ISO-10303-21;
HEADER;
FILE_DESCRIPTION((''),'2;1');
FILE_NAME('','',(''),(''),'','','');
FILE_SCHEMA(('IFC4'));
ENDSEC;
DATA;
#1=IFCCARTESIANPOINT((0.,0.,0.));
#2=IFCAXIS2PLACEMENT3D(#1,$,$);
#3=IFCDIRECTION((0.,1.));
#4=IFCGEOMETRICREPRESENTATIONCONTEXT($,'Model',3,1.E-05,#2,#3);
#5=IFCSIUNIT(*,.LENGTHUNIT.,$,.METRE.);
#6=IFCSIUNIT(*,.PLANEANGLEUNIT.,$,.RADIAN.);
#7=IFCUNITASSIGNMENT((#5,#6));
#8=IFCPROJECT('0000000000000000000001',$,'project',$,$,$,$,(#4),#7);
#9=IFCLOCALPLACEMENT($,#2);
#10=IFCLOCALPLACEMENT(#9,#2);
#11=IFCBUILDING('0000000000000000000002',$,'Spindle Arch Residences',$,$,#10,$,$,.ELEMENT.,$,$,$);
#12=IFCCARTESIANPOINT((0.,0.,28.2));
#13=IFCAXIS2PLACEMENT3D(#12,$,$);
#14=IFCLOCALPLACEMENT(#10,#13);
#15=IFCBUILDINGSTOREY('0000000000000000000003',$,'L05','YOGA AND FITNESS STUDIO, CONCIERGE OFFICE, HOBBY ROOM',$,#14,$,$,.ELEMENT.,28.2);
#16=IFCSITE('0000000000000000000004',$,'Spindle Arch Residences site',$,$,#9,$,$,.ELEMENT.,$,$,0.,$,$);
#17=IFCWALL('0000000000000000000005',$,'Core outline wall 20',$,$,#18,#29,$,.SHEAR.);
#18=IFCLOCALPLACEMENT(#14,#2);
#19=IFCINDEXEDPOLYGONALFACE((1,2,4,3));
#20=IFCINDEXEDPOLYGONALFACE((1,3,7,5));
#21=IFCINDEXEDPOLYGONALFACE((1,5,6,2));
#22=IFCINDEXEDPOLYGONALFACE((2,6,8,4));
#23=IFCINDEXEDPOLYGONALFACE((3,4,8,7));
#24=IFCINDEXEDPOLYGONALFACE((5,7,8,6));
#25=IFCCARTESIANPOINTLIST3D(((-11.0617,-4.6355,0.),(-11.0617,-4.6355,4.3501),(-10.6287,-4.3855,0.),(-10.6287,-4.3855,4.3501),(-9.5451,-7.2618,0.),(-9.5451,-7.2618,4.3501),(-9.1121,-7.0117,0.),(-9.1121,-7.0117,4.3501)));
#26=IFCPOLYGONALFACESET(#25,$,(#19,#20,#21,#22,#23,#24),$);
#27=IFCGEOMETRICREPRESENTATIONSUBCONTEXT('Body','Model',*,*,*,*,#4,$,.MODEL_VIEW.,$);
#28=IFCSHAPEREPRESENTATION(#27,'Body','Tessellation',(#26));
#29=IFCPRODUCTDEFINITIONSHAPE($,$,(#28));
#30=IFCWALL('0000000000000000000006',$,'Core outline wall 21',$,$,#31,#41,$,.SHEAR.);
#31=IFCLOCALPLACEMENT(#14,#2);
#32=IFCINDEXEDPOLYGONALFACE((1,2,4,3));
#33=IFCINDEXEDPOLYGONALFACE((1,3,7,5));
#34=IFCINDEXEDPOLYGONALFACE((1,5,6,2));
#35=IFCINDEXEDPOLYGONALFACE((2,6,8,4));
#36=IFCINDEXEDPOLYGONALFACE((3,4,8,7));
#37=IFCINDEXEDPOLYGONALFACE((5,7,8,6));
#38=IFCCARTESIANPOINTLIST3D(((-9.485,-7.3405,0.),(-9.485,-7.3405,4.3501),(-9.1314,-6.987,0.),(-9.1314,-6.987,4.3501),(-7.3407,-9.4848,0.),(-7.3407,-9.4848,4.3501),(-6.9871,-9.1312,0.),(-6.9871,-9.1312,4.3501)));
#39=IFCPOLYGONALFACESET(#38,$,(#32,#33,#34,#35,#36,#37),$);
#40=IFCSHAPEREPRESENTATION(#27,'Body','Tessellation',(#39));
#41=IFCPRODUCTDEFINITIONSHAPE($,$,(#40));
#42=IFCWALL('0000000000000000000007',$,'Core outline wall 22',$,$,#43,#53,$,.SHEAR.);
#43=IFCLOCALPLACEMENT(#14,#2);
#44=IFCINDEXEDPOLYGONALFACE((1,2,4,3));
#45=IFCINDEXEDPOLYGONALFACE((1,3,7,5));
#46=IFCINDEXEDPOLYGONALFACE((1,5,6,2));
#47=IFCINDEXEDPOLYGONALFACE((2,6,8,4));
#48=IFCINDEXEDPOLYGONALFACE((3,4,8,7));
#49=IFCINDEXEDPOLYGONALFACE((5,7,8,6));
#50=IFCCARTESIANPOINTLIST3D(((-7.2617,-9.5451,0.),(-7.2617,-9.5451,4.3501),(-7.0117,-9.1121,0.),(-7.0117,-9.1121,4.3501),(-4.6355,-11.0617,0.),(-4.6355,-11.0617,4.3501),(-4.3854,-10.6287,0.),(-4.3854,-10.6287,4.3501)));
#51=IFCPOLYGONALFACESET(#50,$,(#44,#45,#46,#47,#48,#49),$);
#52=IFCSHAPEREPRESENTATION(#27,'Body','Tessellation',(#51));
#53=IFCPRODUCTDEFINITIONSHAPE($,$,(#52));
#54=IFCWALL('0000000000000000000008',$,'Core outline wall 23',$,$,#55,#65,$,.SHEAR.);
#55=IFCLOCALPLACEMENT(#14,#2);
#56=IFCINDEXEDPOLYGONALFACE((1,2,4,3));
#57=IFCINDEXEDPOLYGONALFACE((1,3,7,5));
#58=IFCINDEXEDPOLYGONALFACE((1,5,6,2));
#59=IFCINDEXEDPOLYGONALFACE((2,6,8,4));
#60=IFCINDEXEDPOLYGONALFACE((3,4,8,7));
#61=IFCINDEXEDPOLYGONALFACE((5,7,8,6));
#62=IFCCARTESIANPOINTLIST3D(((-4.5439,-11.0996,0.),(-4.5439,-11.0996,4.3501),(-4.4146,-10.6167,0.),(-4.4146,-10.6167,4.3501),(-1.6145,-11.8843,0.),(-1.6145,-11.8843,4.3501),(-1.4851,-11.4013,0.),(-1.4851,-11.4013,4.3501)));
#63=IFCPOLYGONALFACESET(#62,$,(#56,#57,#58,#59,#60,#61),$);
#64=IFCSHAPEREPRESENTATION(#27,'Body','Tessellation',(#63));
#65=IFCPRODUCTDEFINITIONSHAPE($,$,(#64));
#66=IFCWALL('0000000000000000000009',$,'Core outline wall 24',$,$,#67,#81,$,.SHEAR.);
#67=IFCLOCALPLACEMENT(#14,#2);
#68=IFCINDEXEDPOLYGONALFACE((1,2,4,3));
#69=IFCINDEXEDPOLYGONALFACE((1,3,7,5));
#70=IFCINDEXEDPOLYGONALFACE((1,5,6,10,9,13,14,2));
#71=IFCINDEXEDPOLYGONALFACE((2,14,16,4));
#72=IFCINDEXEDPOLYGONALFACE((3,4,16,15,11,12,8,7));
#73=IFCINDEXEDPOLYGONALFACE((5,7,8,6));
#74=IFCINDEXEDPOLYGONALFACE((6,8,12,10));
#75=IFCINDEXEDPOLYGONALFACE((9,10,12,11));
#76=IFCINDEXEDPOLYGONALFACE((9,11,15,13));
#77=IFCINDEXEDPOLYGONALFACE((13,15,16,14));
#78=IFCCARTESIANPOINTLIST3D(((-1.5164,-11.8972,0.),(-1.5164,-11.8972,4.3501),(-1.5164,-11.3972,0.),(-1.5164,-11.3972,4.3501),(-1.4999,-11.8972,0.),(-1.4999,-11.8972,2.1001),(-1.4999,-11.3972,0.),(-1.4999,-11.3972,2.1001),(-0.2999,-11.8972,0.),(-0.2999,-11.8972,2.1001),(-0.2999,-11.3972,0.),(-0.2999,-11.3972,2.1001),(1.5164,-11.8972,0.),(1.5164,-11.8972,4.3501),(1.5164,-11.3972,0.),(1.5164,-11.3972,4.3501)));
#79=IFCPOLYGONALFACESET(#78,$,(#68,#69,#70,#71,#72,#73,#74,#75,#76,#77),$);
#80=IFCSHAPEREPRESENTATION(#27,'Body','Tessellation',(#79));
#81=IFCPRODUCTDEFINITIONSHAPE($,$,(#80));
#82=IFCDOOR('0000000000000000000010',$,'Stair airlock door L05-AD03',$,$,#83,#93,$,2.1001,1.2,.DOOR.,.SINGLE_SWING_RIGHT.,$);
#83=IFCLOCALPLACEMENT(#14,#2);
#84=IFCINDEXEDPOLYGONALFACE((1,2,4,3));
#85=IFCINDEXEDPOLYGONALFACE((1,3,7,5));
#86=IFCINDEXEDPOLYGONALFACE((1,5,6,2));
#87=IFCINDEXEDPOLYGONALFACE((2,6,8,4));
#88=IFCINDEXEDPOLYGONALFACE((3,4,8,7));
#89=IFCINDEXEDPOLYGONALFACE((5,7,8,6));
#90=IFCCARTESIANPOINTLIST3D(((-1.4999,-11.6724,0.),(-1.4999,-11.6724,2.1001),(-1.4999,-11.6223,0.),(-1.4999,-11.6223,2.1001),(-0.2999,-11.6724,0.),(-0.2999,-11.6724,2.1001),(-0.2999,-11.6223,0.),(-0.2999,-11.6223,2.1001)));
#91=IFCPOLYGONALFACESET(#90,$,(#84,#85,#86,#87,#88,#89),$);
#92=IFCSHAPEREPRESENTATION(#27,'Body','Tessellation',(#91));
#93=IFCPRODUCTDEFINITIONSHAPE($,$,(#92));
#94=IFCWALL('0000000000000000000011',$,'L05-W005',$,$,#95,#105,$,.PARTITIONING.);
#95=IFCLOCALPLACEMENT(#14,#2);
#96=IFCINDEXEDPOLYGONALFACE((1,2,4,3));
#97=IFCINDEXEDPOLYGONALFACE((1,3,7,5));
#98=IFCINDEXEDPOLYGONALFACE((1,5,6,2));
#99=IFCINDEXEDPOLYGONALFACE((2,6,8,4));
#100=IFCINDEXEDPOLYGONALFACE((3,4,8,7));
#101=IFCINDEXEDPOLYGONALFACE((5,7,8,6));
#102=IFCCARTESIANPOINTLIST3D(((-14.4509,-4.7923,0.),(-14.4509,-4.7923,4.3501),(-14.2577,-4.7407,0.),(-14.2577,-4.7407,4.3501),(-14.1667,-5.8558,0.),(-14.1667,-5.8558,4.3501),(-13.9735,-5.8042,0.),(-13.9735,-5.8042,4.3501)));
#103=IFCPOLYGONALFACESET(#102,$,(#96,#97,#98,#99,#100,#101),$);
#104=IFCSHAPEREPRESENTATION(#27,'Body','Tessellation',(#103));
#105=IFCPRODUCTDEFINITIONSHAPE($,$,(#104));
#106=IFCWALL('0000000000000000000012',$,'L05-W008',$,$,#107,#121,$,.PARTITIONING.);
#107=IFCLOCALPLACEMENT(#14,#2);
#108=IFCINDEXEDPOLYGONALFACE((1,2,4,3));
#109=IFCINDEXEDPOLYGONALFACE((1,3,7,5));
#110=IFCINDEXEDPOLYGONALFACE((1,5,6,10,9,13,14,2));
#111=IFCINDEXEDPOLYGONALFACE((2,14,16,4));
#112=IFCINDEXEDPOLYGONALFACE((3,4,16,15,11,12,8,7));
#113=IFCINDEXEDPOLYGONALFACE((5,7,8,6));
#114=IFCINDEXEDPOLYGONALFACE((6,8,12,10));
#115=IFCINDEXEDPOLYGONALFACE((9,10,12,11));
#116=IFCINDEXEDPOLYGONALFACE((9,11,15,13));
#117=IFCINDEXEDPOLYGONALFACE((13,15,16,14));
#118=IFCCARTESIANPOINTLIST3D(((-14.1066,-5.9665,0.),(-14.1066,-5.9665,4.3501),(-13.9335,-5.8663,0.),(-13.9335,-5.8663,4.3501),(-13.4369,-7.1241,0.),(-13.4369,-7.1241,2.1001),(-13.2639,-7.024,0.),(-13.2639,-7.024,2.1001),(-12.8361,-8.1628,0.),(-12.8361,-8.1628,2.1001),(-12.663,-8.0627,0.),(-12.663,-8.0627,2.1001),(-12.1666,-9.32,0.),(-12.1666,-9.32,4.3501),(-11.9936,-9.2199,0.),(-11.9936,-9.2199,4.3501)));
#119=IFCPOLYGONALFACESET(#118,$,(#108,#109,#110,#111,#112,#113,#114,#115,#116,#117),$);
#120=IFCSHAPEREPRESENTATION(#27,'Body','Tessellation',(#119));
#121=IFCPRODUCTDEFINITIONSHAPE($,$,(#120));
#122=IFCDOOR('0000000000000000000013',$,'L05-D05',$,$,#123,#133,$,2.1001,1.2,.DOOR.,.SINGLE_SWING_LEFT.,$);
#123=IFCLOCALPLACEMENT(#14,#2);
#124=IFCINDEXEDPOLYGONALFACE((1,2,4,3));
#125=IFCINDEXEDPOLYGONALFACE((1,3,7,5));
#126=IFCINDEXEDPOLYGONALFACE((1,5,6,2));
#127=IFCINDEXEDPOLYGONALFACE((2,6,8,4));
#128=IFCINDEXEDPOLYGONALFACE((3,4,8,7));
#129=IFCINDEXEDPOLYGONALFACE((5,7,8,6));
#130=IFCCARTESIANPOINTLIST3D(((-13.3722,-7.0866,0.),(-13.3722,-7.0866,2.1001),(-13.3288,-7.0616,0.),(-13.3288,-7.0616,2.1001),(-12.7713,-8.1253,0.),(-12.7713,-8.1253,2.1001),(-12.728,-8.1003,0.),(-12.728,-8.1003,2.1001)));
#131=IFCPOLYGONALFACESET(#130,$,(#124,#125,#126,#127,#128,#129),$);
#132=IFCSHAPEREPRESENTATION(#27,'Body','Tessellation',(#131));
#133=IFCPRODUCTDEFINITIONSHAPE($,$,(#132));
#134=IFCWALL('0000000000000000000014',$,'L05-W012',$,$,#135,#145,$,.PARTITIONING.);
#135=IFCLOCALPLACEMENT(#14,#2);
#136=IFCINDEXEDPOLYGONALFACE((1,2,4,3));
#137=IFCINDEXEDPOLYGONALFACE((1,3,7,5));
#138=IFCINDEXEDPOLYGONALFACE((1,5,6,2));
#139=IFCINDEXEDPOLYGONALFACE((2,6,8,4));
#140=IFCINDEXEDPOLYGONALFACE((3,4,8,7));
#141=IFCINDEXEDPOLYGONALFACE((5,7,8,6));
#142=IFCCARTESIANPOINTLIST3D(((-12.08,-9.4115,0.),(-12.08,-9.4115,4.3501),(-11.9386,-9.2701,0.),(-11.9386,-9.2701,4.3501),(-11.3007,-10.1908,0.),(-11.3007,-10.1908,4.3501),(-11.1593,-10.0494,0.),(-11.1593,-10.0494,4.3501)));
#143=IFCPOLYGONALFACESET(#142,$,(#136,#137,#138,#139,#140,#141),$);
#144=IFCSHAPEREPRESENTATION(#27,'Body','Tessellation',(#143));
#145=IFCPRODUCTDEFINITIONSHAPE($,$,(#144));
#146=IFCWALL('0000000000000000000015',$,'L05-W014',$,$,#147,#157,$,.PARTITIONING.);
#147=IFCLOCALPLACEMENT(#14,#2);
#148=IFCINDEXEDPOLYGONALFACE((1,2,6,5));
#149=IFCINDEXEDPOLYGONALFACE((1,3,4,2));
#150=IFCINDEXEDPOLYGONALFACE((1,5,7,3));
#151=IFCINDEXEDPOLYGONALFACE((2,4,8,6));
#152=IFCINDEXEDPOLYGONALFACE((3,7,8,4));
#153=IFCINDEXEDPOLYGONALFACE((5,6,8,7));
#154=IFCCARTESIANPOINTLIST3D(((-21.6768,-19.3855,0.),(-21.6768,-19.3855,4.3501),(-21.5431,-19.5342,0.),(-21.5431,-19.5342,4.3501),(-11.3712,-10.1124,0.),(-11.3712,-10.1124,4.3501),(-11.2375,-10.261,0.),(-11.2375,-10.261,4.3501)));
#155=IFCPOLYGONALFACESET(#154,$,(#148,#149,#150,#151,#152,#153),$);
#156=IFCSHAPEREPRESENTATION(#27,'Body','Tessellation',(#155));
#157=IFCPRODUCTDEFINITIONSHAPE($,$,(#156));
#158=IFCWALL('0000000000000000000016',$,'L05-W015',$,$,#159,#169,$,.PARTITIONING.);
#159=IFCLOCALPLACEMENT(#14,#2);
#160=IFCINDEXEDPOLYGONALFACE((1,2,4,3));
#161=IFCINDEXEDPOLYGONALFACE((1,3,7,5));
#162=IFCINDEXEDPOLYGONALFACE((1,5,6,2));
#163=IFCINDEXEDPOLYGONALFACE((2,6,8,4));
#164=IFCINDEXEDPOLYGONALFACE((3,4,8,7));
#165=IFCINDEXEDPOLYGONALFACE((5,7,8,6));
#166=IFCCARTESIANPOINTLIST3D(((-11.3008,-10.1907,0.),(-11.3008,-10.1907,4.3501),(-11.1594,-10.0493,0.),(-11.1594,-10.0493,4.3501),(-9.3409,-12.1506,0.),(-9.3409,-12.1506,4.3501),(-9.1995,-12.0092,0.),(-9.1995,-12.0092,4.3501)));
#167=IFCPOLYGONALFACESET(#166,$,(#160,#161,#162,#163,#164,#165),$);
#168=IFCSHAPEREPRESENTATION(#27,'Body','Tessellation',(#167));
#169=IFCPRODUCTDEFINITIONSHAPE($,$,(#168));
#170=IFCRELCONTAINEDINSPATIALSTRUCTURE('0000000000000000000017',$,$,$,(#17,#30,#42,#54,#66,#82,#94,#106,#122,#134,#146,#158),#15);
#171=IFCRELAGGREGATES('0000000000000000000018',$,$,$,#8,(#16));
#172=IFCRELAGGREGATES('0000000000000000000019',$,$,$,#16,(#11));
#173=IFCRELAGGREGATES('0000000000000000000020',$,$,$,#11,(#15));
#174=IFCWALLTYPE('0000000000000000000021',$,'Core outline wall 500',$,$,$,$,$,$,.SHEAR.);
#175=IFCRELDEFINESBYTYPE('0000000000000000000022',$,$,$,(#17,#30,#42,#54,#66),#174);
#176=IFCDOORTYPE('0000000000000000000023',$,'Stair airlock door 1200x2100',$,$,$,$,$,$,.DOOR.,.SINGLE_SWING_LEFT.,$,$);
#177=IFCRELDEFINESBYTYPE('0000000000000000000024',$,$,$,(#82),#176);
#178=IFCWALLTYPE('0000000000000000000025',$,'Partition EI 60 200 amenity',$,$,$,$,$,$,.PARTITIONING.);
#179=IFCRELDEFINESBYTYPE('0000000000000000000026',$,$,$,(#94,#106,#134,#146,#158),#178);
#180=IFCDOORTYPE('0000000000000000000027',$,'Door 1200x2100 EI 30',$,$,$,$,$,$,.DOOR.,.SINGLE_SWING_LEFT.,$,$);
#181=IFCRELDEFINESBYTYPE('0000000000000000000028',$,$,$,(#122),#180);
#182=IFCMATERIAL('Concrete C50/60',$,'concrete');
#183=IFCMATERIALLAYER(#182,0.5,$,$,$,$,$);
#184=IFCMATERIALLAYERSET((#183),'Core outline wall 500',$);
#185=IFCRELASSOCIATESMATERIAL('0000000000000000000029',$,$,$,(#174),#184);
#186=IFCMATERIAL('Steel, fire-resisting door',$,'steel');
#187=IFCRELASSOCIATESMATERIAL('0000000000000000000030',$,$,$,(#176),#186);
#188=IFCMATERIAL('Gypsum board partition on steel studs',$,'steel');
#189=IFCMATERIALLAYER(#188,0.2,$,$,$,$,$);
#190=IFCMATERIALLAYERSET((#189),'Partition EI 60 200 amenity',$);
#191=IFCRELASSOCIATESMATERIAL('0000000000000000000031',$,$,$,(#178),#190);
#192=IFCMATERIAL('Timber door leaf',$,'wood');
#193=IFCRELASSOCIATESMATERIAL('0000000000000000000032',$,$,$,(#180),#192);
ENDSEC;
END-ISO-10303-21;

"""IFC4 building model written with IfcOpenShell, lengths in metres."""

from ifc_helpers import new_model, si_unit, direction, frame, frame_2d, origin, place, context, subcontext, project, spatial, rectangle, extrude, material, layer, layer_set, type_object, element, fill, save


model = new_model("IFC4")

# Units and contexts
model_context = context("Model", 3, precision=1e-05, world=origin(), true_north=direction((0.0, 1.0)))
body_context = subcontext(model_context, "Body", "Model", "MODEL_VIEW")
ifc_project = project(units=[si_unit("LENGTHUNIT", "METRE"), si_unit("PLANEANGLEUNIT", "RADIAN")], contexts=[model_context])

# Site, building, storey
site_placement = place(None, origin())
site = spatial("IfcSite", under=ifc_project, at=site_placement, Name="Spindle Arch Residences site", CompositionType="ELEMENT", RefElevation=0.0)
building_placement = place(site_placement, origin())
building = spatial("IfcBuilding", under=site, at=building_placement, Name="Spindle Arch Residences", CompositionType="ELEMENT")
storey_placement = place(building_placement, frame((0.0, 0.0, 28.2)))
storey = spatial("IfcBuildingStorey", under=building, at=storey_placement, Name="L05", Description="YOGA AND FITNESS STUDIO, CONCIERGE OFFICE, HOBBY ROOM", CompositionType="ELEMENT", Elevation=28.2)

# Walls
ifc_material_1 = material(Name="Concrete C50/60", Category="concrete")
ifc_layer_1 = layer(ifc_material_1, 0.5)
ifc_layer_set_1 = layer_set([ifc_layer_1], Name="Core outline wall 500")
wall_type_1 = type_object("IfcWallType", Name="Core outline wall 500", PredefinedType="SHEAR", material=ifc_layer_set_1)
wall_1_placement = place(storey_placement, frame((-10.8452, -4.5105, 0.0), z_axis=(0.0, 0.0, 1.0), x_axis=(0.500087, -0.865975, 0.0)))
element("IfcWall", 1, at=wall_1_placement, inside=storey, type_object=wall_type_1, Name="Core outline wall 20", PredefinedType="SHEAR", context=body_context, shape_type="SweptSolid", body=[
    extrude(rectangle(XDim=3.0327, YDim=0.5, at=frame_2d((1.5164, 0.0))), origin(), (0.0, 0.0, 1.0), 4.3501),
])
wall_2_placement = place(storey_placement, frame((-9.3081, -7.1638, 0.0), z_axis=(0.0, 0.0, 1.0), x_axis=(0.707107, -0.707107, 0.0)))
element("IfcWall", 2, at=wall_2_placement, inside=storey, type_object=wall_type_1, Name="Core outline wall 21", PredefinedType="SHEAR", context=body_context, shape_type="SweptSolid", body=[
    extrude(rectangle(XDim=3.0325, YDim=0.5, at=frame_2d((1.5161, 0.0))), origin(), (0.0, 0.0, 1.0), 4.3501),
])
for number, where, z_axis, x_axis, name in (
    (3, (-7.1367, -9.3286, 0.0), (0.0, 0.0, 1.0), (0.865975, -0.500087, 0.0), "Core outline wall 22"),
    (4, (-4.4792, -10.8582, 0.0), (0.0, 0.0, 1.0), (0.965948, -0.258735, 0.0), "Core outline wall 23"),
):
    element("IfcWall", number, at=place(storey_placement, frame(where, z_axis=z_axis, x_axis=x_axis)), inside=storey, type_object=wall_type_1, Name=name, PredefinedType="SHEAR", context=body_context, shape_type="SweptSolid", body=[
        extrude(rectangle(XDim=3.0327, YDim=0.5, at=frame_2d((1.5164, 0.0))), origin(), (0.0, 0.0, 1.0), 4.3501),
    ])

# Wall, opening, door
wall_3_placement = place(storey_placement, frame((-1.5164, -11.6472, 0.0), z_axis=(0.0, 0.0, 1.0), x_axis=(1.0, 0.0, 0.0)))
wall_3 = element("IfcWall", 5, at=wall_3_placement, inside=storey, type_object=wall_type_1, Name="Core outline wall 24", PredefinedType="SHEAR", context=body_context, shape_type="SweptSolid", body=[
    extrude(rectangle(XDim=3.0327, YDim=0.5, at=frame_2d((1.5164, 0.0))), origin(), (0.0, 0.0, 1.0), 4.3501),
])
opening_1_placement = place(wall_3_placement, frame((0.0164, 0.0, 0.0)))
opening_1 = element("IfcOpeningElement", 6, at=opening_1_placement, cuts=wall_3, PredefinedType="OPENING", context=body_context, shape_type="SweptSolid", body=[
    extrude(rectangle(XDim=1.2, YDim=2.1001, at=frame_2d((0.6001, 1.05))), frame((0.0, 0.26, 0.0), z_axis=(0.0, -1.0, 0.0), x_axis=(1.0, 0.0, 0.0)), (0.0, 0.0, 1.0), 0.52),
])
ifc_material_2 = material(Name="Steel, fire-resisting door", Category="steel")
door_type_1 = type_object("IfcDoorType", Name="Stair airlock door 1200x2100", OperationType="SINGLE_SWING_LEFT", PredefinedType="DOOR", material=ifc_material_2)
door_1_placement = place(opening_1_placement, origin())
door_1 = element("IfcDoor", 7, at=door_1_placement, inside=storey, type_object=door_type_1, Name="Stair airlock door L05-AD03", OperationType="SINGLE_SWING_RIGHT", OverallHeight=2.1001, OverallWidth=1.2, PredefinedType="DOOR", context=body_context, shape_type="SweptSolid", body=[
    extrude(rectangle(XDim=1.2, YDim=2.1001, at=frame_2d((0.6001, 1.05))), frame((0.0, 0.0249, 0.0), z_axis=(0.0, -1.0, 0.0), x_axis=(1.0, 0.0, 0.0)), (0.0, 0.0, 1.0), 0.05),
])
fill(opening_1, door_1)

# Wall
ifc_material_3 = material(Name="Gypsum board partition on steel studs", Category="steel")
ifc_layer_2 = layer(ifc_material_3, 0.2)
ifc_layer_set_2 = layer_set([ifc_layer_2], Name="Partition EI 60 200 amenity")
wall_type_2 = type_object("IfcWallType", Name="Partition EI 60 200 amenity", PredefinedType="PARTITIONING", material=ifc_layer_set_2)
wall_4_placement = place(storey_placement, frame((-14.3542, -4.7666, 0.0), z_axis=(0.0, 0.0, 1.0), x_axis=(0.25816, -0.966102, 0.0)))
element("IfcWall", 8, at=wall_4_placement, inside=storey, type_object=wall_type_2, Name="L05-W005", PredefinedType="PARTITIONING", context=body_context, shape_type="SweptSolid", body=[
    extrude(rectangle(XDim=1.1008, YDim=0.2, at=frame_2d((0.5503, 0.0))), origin(), (0.0, 0.0, 1.0), 4.3501),
])

# Wall, opening, door
wall_5_placement = place(storey_placement, frame((-14.02, -5.9165, 0.0), z_axis=(0.0, 0.0, 1.0), x_axis=(0.500733, -0.865602, 0.0)))
wall_5 = element("IfcWall", 9, at=wall_5_placement, inside=storey, type_object=wall_type_2, Name="L05-W008", PredefinedType="PARTITIONING", context=body_context, shape_type="SweptSolid", body=[
    extrude(rectangle(XDim=3.8743, YDim=0.2, at=frame_2d((1.937, 0.0))), origin(), (0.0, 0.0, 1.0), 4.3501),
])
opening_2_placement = place(wall_5_placement, frame((1.3372, 0.0, 0.0)))
opening_2 = element("IfcOpeningElement", 10, at=opening_2_placement, cuts=wall_5, PredefinedType="OPENING", context=body_context, shape_type="SweptSolid", body=[
    extrude(rectangle(XDim=1.2, YDim=2.1001, at=frame_2d((0.6001, 1.05))), frame((0.0, 0.1099, 0.0), z_axis=(0.0, -1.0, 0.0), x_axis=(1.0, 0.0, 0.0)), (0.0, 0.0, 1.0), 0.22),
])
ifc_material_4 = material(Name="Timber door leaf", Category="wood")
door_type_2 = type_object("IfcDoorType", Name="Door 1200x2100 EI 30", OperationType="SINGLE_SWING_LEFT", PredefinedType="DOOR", material=ifc_material_4)
door_2_placement = place(opening_2_placement, origin())
door_2 = element("IfcDoor", 11, at=door_2_placement, inside=storey, type_object=door_type_2, Name="L05-D05", OperationType="SINGLE_SWING_LEFT", OverallHeight=2.1001, OverallWidth=1.2, PredefinedType="DOOR", context=body_context, shape_type="SweptSolid", body=[
    extrude(rectangle(XDim=1.2, YDim=2.1001, at=frame_2d((0.6001, 1.05))), frame((0.0, 0.0249, 0.0), z_axis=(0.0, -1.0, 0.0), x_axis=(1.0, 0.0, 0.0)), (0.0, 0.0, 1.0), 0.05),
])
fill(opening_2, door_2)

# Walls
wall_6_placement = place(storey_placement, frame((-12.0093, -9.3408, 0.0), z_axis=(0.0, 0.0, 1.0), x_axis=(0.707107, -0.707107, 0.0)))
element("IfcWall", 12, at=wall_6_placement, inside=storey, type_object=wall_type_2, Name="L05-W012", PredefinedType="PARTITIONING", context=body_context, shape_type="SweptSolid", body=[
    extrude(rectangle(XDim=1.1021, YDim=0.2, at=frame_2d((0.551, 0.0))), origin(), (0.0, 0.0, 1.0), 4.3501),
])
wall_7_placement = place(storey_placement, frame((-11.3044, -10.1868, 0.0), z_axis=(0.0, 0.0, 1.0), x_axis=(-0.743362, -0.668889, 0.0)))
element("IfcWall", 13, at=wall_7_placement, inside=storey, type_object=wall_type_2, Name="L05-W014", PredefinedType="PARTITIONING", context=body_context, shape_type="SweptSolid", body=[
    extrude(rectangle(XDim=13.8635, YDim=0.2, at=frame_2d((6.9316, 0.0))), origin(), (0.0, 0.0, 1.0), 4.3501),
])
wall_8_placement = place(storey_placement, frame((-11.23, -10.1201, 0.0), z_axis=(0.0, 0.0, 1.0), x_axis=(0.707107, -0.707107, 0.0)))
element("IfcWall", 14, at=wall_8_placement, inside=storey, type_object=wall_type_2, Name="L05-W015", PredefinedType="PARTITIONING", context=body_context, shape_type="SweptSolid", body=[
    extrude(rectangle(XDim=2.7717, YDim=0.2, at=frame_2d((1.3857, 0.0))), origin(), (0.0, 0.0, 1.0), 4.3501),
])

save(model, "model.ifc")
